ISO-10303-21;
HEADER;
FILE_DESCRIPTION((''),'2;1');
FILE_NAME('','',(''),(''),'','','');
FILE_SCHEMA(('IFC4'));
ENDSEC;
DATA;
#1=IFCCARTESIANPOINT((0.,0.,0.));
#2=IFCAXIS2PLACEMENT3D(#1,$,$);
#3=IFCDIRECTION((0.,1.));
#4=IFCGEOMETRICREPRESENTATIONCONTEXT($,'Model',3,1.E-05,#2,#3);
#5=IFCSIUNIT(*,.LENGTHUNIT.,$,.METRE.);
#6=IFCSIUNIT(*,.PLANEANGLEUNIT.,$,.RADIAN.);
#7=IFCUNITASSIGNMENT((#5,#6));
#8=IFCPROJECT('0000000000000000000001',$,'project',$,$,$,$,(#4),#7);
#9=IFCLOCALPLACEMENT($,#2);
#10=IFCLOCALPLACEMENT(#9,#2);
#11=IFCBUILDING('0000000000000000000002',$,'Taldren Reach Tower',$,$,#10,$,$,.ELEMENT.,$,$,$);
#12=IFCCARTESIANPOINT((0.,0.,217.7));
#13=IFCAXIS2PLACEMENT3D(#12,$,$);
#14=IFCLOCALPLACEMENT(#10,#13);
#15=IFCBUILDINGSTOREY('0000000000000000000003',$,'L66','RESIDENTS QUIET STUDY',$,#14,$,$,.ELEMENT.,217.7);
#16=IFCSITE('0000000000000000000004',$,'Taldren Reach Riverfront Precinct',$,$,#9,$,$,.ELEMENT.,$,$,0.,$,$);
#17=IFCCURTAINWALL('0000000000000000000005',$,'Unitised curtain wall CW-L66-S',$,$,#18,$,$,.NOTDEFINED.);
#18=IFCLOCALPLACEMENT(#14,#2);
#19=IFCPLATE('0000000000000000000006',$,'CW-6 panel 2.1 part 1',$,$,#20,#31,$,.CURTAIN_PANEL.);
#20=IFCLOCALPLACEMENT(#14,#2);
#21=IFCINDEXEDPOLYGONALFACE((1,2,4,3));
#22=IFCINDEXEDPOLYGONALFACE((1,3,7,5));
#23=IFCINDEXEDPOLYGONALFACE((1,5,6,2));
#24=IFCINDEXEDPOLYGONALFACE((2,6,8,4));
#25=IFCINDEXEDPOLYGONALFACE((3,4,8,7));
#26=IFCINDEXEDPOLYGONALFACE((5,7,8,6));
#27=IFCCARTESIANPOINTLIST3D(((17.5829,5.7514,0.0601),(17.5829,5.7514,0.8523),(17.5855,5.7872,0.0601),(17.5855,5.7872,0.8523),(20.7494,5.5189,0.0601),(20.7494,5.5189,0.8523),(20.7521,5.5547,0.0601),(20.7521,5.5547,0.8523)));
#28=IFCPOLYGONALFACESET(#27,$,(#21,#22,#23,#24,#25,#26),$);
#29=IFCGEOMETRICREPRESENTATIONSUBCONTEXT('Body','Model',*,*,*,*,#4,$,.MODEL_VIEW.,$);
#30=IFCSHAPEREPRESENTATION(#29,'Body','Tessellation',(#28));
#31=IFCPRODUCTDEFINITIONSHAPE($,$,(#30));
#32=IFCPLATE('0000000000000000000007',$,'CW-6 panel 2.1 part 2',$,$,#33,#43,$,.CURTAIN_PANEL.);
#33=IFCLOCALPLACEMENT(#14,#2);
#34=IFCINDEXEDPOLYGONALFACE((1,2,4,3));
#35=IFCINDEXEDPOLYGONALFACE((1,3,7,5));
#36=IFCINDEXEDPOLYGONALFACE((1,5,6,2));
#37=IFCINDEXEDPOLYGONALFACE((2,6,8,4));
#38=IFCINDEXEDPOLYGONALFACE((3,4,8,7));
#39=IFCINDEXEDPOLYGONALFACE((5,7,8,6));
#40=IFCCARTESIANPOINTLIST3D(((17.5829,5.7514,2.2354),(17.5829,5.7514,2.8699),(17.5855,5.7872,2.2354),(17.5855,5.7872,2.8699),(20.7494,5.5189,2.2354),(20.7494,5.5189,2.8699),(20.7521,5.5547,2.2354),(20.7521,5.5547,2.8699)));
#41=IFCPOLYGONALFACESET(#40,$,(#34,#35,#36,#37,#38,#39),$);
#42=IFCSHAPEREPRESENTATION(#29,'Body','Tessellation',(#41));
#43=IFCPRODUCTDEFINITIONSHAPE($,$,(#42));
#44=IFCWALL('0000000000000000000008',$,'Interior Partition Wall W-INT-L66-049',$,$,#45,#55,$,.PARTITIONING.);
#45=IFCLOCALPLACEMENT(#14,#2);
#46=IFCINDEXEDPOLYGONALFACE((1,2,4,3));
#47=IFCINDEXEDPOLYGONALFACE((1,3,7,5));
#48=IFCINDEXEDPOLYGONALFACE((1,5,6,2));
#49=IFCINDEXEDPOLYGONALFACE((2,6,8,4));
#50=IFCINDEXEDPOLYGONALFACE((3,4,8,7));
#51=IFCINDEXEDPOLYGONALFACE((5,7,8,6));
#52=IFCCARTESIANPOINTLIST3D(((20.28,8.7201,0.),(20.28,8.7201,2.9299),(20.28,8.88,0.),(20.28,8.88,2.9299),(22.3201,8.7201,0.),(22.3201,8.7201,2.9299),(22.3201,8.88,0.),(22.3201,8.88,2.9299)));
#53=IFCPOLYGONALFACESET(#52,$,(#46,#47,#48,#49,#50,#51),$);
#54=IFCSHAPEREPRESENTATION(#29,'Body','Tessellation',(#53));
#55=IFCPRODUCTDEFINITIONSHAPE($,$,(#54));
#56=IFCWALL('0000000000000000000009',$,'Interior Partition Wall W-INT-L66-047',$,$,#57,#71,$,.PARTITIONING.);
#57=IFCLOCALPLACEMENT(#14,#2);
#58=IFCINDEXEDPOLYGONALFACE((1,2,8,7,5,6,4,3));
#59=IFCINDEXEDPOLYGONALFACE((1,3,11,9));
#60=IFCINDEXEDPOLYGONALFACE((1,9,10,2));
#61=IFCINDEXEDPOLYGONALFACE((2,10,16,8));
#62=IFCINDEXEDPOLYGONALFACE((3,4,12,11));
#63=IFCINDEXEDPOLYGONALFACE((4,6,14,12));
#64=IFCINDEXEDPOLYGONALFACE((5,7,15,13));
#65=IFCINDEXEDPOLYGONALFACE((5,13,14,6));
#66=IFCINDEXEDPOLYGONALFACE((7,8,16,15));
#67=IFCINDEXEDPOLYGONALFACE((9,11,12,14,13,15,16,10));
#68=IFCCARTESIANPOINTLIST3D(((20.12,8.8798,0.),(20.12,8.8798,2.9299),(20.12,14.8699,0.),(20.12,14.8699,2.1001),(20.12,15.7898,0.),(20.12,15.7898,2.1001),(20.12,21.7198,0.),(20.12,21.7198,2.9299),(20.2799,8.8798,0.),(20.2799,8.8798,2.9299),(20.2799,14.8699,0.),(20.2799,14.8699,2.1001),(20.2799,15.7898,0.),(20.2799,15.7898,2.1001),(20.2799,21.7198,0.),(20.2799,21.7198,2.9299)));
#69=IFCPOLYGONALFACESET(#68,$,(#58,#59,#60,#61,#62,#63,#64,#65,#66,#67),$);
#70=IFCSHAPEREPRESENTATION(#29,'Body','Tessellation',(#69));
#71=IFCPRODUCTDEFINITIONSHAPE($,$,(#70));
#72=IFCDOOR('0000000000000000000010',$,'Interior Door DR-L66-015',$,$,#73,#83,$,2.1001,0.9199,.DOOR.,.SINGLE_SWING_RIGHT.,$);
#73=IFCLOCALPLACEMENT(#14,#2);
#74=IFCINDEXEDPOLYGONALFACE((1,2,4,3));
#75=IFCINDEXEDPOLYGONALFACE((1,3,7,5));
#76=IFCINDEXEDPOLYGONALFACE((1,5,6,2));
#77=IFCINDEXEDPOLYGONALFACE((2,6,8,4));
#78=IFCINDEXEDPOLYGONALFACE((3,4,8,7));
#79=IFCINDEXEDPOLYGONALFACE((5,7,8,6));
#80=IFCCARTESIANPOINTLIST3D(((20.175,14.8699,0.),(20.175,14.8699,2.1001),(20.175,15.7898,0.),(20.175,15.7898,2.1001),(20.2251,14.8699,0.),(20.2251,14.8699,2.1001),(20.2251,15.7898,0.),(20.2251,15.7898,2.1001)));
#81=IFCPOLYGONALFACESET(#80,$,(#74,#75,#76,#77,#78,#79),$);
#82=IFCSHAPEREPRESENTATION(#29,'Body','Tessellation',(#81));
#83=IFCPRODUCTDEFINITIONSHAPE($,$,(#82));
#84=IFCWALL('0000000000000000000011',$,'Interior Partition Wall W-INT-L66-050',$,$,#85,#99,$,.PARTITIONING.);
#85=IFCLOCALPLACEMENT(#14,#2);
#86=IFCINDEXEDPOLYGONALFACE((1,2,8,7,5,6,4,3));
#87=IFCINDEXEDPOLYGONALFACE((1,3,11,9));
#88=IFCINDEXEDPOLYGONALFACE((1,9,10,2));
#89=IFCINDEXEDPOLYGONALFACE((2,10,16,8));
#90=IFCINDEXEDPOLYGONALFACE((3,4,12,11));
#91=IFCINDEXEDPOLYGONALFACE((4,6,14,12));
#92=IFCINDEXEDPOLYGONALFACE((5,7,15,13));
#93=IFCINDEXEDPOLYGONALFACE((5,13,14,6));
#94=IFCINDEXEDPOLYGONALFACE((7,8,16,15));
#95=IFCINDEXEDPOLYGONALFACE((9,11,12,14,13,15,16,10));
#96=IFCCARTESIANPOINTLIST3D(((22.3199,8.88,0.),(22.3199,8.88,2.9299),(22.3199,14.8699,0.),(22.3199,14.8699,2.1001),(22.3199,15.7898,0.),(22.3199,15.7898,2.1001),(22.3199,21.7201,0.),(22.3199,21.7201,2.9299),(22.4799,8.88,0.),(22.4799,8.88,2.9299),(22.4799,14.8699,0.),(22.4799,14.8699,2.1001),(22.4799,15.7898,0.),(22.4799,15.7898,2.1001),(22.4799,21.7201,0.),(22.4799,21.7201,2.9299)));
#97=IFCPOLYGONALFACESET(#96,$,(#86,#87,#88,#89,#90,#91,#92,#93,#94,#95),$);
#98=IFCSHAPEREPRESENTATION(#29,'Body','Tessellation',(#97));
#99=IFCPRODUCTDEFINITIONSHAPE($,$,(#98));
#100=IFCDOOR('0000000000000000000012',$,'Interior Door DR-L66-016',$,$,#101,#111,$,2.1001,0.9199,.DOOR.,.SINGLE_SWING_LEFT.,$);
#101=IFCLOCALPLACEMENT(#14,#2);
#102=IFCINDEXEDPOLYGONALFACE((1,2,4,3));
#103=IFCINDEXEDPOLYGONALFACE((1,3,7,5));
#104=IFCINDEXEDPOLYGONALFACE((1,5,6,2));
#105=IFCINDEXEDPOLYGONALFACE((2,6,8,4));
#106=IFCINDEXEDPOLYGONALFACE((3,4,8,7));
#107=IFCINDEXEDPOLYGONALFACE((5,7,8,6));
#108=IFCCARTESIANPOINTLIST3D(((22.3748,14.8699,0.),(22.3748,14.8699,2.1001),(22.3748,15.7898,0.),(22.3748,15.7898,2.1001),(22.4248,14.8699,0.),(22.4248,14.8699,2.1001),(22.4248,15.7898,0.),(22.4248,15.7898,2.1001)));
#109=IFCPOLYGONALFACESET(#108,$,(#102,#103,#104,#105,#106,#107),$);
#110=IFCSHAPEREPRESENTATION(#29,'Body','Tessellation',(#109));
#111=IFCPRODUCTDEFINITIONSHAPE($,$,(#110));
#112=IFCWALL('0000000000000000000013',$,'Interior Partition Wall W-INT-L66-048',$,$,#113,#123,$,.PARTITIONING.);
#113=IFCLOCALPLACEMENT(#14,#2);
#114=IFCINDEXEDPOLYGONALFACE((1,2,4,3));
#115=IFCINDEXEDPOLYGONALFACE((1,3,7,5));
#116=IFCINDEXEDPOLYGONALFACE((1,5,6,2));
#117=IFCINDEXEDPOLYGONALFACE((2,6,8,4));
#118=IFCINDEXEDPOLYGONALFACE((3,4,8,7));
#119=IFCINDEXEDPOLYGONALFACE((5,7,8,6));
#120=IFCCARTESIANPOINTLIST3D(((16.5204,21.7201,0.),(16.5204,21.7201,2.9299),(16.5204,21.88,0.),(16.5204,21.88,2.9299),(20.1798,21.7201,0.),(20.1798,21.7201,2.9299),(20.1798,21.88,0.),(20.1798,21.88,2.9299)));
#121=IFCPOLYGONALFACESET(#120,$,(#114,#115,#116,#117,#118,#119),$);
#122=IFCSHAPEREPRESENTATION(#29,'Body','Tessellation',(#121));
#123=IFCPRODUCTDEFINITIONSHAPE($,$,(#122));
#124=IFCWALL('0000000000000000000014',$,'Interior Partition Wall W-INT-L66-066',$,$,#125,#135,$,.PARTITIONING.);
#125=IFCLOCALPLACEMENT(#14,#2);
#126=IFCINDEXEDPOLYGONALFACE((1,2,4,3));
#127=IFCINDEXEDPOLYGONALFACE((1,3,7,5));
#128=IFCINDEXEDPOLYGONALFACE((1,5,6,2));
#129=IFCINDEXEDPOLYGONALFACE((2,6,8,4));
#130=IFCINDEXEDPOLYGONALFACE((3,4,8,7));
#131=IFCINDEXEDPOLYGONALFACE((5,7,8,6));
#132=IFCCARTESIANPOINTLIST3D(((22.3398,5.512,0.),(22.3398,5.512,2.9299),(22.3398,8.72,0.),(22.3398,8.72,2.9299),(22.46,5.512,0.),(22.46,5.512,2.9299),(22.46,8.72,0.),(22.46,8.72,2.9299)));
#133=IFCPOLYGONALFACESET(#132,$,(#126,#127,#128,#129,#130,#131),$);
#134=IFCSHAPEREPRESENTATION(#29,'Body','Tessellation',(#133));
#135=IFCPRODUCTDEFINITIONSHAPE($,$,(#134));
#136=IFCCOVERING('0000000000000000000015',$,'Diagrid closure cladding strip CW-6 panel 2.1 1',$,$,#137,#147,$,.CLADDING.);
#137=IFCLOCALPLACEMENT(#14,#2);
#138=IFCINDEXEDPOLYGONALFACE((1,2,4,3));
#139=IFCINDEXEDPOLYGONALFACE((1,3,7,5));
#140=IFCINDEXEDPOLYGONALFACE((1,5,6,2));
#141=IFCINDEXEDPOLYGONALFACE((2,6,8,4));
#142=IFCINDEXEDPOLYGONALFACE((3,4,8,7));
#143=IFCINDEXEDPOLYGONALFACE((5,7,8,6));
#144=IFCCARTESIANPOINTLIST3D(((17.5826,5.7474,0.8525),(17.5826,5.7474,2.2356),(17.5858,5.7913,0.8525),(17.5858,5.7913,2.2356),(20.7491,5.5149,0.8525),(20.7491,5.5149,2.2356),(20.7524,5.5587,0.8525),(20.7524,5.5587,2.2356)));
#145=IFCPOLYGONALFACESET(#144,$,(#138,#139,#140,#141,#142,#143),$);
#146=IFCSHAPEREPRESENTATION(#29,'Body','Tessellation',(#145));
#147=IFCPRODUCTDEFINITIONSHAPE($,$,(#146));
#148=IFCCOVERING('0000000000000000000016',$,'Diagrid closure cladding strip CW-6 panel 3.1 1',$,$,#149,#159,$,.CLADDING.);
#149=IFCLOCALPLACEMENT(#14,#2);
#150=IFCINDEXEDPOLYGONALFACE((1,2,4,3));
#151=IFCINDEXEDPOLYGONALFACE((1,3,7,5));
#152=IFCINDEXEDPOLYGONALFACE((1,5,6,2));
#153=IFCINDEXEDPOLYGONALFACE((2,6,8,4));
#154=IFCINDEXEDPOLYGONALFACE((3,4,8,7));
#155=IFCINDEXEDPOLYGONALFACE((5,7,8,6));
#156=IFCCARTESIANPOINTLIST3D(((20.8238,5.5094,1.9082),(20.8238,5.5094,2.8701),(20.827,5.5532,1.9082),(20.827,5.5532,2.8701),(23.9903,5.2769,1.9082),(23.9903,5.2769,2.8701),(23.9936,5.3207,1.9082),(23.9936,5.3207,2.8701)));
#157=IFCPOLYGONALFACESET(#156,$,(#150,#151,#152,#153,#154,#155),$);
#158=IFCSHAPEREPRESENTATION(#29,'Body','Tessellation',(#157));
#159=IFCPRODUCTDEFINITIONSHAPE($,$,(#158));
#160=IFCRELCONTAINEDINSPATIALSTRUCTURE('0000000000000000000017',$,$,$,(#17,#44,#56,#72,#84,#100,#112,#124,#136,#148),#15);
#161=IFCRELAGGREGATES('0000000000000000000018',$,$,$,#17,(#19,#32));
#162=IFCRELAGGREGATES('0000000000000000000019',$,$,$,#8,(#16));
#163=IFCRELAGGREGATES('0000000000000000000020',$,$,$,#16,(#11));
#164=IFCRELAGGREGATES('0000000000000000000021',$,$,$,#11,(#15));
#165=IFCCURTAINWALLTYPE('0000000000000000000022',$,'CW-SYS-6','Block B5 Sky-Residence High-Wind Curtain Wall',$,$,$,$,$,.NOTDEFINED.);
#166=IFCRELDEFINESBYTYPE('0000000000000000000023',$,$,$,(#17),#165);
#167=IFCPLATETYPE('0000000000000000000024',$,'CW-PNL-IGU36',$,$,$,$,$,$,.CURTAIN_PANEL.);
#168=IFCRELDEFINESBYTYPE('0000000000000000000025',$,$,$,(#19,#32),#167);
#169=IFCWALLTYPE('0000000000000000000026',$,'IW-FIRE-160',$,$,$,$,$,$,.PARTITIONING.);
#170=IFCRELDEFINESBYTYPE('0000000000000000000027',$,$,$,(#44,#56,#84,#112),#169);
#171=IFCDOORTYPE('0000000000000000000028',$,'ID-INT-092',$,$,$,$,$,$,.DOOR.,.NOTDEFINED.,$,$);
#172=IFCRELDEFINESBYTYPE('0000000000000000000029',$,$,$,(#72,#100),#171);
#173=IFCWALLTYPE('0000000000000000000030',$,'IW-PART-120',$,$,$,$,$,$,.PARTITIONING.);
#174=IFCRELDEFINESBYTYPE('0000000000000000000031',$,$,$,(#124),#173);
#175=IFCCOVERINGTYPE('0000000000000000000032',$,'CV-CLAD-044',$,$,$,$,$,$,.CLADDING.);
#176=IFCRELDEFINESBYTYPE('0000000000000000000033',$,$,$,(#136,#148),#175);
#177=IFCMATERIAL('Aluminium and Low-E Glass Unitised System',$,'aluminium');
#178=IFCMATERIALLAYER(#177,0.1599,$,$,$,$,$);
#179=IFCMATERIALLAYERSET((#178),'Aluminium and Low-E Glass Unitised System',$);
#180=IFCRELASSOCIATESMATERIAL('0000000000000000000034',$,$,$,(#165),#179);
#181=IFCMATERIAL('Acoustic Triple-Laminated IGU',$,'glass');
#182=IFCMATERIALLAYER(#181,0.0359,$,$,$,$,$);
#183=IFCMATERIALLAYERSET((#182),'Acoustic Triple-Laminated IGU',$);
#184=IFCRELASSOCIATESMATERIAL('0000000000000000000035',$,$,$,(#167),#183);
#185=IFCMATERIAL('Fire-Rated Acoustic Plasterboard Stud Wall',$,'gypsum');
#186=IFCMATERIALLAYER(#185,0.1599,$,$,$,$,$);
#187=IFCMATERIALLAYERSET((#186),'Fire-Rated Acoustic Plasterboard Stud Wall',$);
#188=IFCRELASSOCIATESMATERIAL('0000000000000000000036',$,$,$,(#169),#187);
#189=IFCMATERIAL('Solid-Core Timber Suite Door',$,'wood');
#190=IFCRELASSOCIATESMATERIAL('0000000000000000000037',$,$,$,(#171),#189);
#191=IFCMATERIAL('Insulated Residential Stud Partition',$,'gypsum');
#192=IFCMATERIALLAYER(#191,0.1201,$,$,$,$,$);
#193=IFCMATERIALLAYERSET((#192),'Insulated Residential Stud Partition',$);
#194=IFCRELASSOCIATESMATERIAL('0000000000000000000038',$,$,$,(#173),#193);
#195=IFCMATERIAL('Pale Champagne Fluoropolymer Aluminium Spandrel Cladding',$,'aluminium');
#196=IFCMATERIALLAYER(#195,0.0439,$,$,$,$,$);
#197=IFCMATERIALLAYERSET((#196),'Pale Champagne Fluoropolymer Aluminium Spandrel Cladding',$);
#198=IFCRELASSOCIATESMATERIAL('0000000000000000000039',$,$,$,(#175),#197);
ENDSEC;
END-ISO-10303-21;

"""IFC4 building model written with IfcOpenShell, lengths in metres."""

from ifc_helpers import new_model, si_unit, direction, frame, frame_2d, origin, origin_2d, place, context, subcontext, project, spatial, rectangle, extrude, source, transform, mapped, material, layer, layer_set, type_object, element, fill, aggregate, save


model = new_model("IFC4")

# Units and contexts
model_context = context("Model", 3, precision=1e-05, world=origin(), true_north=direction((0.0, 1.0)))
body_context = subcontext(model_context, "Body", "Model", "MODEL_VIEW")
ifc_project = project(units=[si_unit("LENGTHUNIT", "METRE"), si_unit("PLANEANGLEUNIT", "RADIAN")], contexts=[model_context])

# Site, building, storey
site_placement = place(None, origin())
site = spatial("IfcSite", under=ifc_project, at=site_placement, Name="Taldren Reach Riverfront Precinct", CompositionType="ELEMENT", RefElevation=0.0)
building_placement = place(site_placement, origin())
building = spatial("IfcBuilding", under=site, at=building_placement, Name="Taldren Reach Tower", CompositionType="ELEMENT")
storey_placement = place(building_placement, frame((0.0, 0.0, 217.7)))
storey = spatial("IfcBuildingStorey", under=building, at=storey_placement, Name="L66", Description="RESIDENTS QUIET STUDY", CompositionType="ELEMENT", Elevation=217.7)

# Curtain wall, plates
ifc_material_1 = material(Name="Aluminium and Low-E Glass Unitised System", Category="aluminium")
ifc_layer_1 = layer(ifc_material_1, 0.1599)
ifc_layer_set_1 = layer_set([ifc_layer_1], Name="Aluminium and Low-E Glass Unitised System")
curtain_wall_type = type_object("IfcCurtainWallType", Name="CW-SYS-6", Description="Block B5 Sky-Residence High-Wind Curtain Wall", PredefinedType="NOTDEFINED", material=ifc_layer_set_1)
curtain_wall_placement = place(storey_placement, origin())
curtain_wall = element("IfcCurtainWall", 1, at=curtain_wall_placement, inside=storey, type_object=curtain_wall_type, Name="Unitised curtain wall CW-L66-S", PredefinedType="NOTDEFINED")
ifc_material_2 = material(Name="Acoustic Triple-Laminated IGU", Category="glass")
ifc_layer_2 = layer(ifc_material_2, 0.0359)
ifc_layer_set_2 = layer_set([ifc_layer_2], Name="Acoustic Triple-Laminated IGU")
plate_type = type_object("IfcPlateType", Name="CW-PNL-IGU36", PredefinedType="CURTAIN_PANEL", material=ifc_layer_set_2)
shared_shape_1 = source(origin(), body_context, "Body", "SweptSolid", [
    extrude(rectangle(XDim=3.175, YDim=0.0359, at=origin_2d()), origin(), (0.0, 0.0, 1.0), 0.7922),
])
plate_1_placement = place(storey_placement, frame((19.1675, 5.6531, 0.0601), z_axis=(0.0, 0.0, 1.0), x_axis=(0.997314, -0.073238, 0.0)))
plate_1 = element("IfcPlate", 2, at=plate_1_placement, type_object=plate_type, Name="CW-6 panel 2.1 part 1", PredefinedType="CURTAIN_PANEL", context=body_context, shape_type="MappedRepresentation", body=[
    mapped(shared_shape_1, transform((0.0, 0.0, 0.0), scale=1.0)),
])
shared_shape_2 = source(origin(), body_context, "Body", "SweptSolid", [
    extrude(rectangle(XDim=3.175, YDim=0.0359, at=origin_2d()), origin(), (0.0, 0.0, 1.0), 0.6345),
])
plate_2_placement = place(storey_placement, frame((19.1675, 5.6531, 2.2354), z_axis=(0.0, 0.0, 1.0), x_axis=(0.997314, -0.073238, 0.0)))
plate_2 = element("IfcPlate", 3, at=plate_2_placement, type_object=plate_type, Name="CW-6 panel 2.1 part 2", PredefinedType="CURTAIN_PANEL", context=body_context, shape_type="MappedRepresentation", body=[
    mapped(shared_shape_2, transform((0.0, 0.0, 0.0), scale=1.0)),
])
aggregate(curtain_wall, [plate_1, plate_2])

# Wall
ifc_material_3 = material(Name="Fire-Rated Acoustic Plasterboard Stud Wall", Category="gypsum")
ifc_layer_3 = layer(ifc_material_3, 0.1599)
ifc_layer_set_3 = layer_set([ifc_layer_3], Name="Fire-Rated Acoustic Plasterboard Stud Wall")
wall_type_1 = type_object("IfcWallType", Name="IW-FIRE-160", PredefinedType="PARTITIONING", material=ifc_layer_set_3)
shared_shape_3 = source(origin(), body_context, "Body", "SweptSolid", [
    extrude(rectangle(XDim=2.04, YDim=0.1599, at=frame_2d((1.02, 0.0))), origin(), (0.0, 0.0, 1.0), 2.9299),
])
wall_1_placement = place(storey_placement, frame((22.3201, 8.8, 0.0), z_axis=(0.0, 0.0, 1.0), x_axis=(-1.0, 0.0, 0.0)))
element("IfcWall", 4, at=wall_1_placement, inside=storey, type_object=wall_type_1, Name="Interior Partition Wall W-INT-L66-049", PredefinedType="PARTITIONING", context=body_context, shape_type="MappedRepresentation", body=[
    mapped(shared_shape_3, transform((0.0, 0.0, 0.0), scale=1.0)),
])

# Walls, openings, doors
shared_shape_4 = source(origin(), body_context, "Body", "SweptSolid", [
    extrude(rectangle(XDim=12.8401, YDim=0.1599, at=frame_2d((6.4199, 0.0))), origin(), (0.0, 0.0, 1.0), 2.9299),
])
wall_2_placement = place(storey_placement, frame((20.2, 8.8799, 0.0), z_axis=(0.0, 0.0, 1.0), x_axis=(0.0, 1.0, 0.0)))
wall_2 = element("IfcWall", 5, at=wall_2_placement, inside=storey, type_object=wall_type_1, Name="Interior Partition Wall W-INT-L66-047", PredefinedType="PARTITIONING", context=body_context, shape_type="MappedRepresentation", body=[
    mapped(shared_shape_4, transform((0.0, 0.0, 0.0), scale=1.0)),
])
shared_shape_5 = source(origin(), body_context, "Body", "SweptSolid", [
    extrude(rectangle(XDim=0.9199, YDim=2.1001, at=frame_2d((0.46, 1.05))), frame((0.0, 0.0898, 0.0), z_axis=(0.0, -1.0, 0.0), x_axis=(1.0, 0.0, 0.0)), (0.0, 0.0, 1.0), 0.1799),
])
opening_1_placement = place(wall_2_placement, frame((5.99, 0.0, 0.0)))
opening_1 = element("IfcOpeningElement", 6, at=opening_1_placement, cuts=wall_2, PredefinedType="OPENING", context=body_context, shape_type="MappedRepresentation", body=[
    mapped(shared_shape_5, transform((0.0, 0.0, 0.0), scale=1.0)),
])
ifc_material_4 = material(Name="Solid-Core Timber Suite Door", Category="wood")
door_type = type_object("IfcDoorType", Name="ID-INT-092", OperationType="NOTDEFINED", PredefinedType="DOOR", material=ifc_material_4)
shared_shape_6 = source(origin(), body_context, "Body", "SweptSolid", [
    extrude(rectangle(XDim=0.9199, YDim=2.1001, at=frame_2d((0.46, 1.05))), frame((0.0, 0.0249, 0.0), z_axis=(0.0, -1.0, 0.0), x_axis=(1.0, 0.0, 0.0)), (0.0, 0.0, 1.0), 0.05),
])
door_1_placement = place(opening_1_placement, origin())
door_1 = element("IfcDoor", 7, at=door_1_placement, inside=storey, type_object=door_type, Name="Interior Door DR-L66-015", OperationType="SINGLE_SWING_RIGHT", OverallHeight=2.1001, OverallWidth=0.9199, PredefinedType="DOOR", context=body_context, shape_type="MappedRepresentation", body=[
    mapped(shared_shape_6, transform((0.0, 0.0, 0.0), scale=1.0)),
])
fill(opening_1, door_1)
wall_3_placement = place(storey_placement, frame((22.3999, 21.72, 0.0), z_axis=(0.0, 0.0, 1.0), x_axis=(0.0, -1.0, 0.0)))
wall_3 = element("IfcWall", 8, at=wall_3_placement, inside=storey, type_object=wall_type_1, Name="Interior Partition Wall W-INT-L66-050", PredefinedType="PARTITIONING", context=body_context, shape_type="MappedRepresentation", body=[
    mapped(shared_shape_4, transform((0.0, 0.0, 0.0), scale=1.0)),
])
opening_2_placement = place(wall_3_placement, frame((5.9302, 0.0, 0.0)))
opening_2 = element("IfcOpeningElement", 9, at=opening_2_placement, cuts=wall_3, PredefinedType="OPENING", context=body_context, shape_type="MappedRepresentation", body=[
    mapped(shared_shape_5, transform((0.0, 0.0, 0.0), scale=1.0)),
])
door_2_placement = place(opening_2_placement, origin())
door_2 = element("IfcDoor", 10, at=door_2_placement, inside=storey, type_object=door_type, Name="Interior Door DR-L66-016", OperationType="SINGLE_SWING_LEFT", OverallHeight=2.1001, OverallWidth=0.9199, PredefinedType="DOOR", context=body_context, shape_type="MappedRepresentation", body=[
    mapped(shared_shape_6, transform((0.0, 0.0, 0.0), scale=1.0)),
])
fill(opening_2, door_2)

# Walls
shared_shape_7 = source(origin(), body_context, "Body", "SweptSolid", [
    extrude(rectangle(XDim=3.6594, YDim=0.1599, at=frame_2d((1.8296, 0.0))), origin(), (0.0, 0.0, 1.0), 2.9299),
])
wall_4_placement = place(storey_placement, frame((20.1797, 21.8, 0.0), z_axis=(0.0, 0.0, 1.0), x_axis=(-1.0, 0.0, 0.0)))
element("IfcWall", 11, at=wall_4_placement, inside=storey, type_object=wall_type_1, Name="Interior Partition Wall W-INT-L66-048", PredefinedType="PARTITIONING", context=body_context, shape_type="MappedRepresentation", body=[
    mapped(shared_shape_7, transform((0.0, 0.0, 0.0), scale=1.0)),
])
ifc_material_5 = material(Name="Insulated Residential Stud Partition", Category="gypsum")
ifc_layer_4 = layer(ifc_material_5, 0.1201)
ifc_layer_set_4 = layer_set([ifc_layer_4], Name="Insulated Residential Stud Partition")
wall_type_2 = type_object("IfcWallType", Name="IW-PART-120", PredefinedType="PARTITIONING", material=ifc_layer_set_4)
shared_shape_8 = source(origin(), body_context, "Body", "SweptSolid", [
    extrude(rectangle(XDim=3.208, YDim=0.1201, at=frame_2d((1.604, 0.0))), origin(), (0.0, 0.0, 1.0), 2.9299),
])
wall_5_placement = place(storey_placement, frame((22.3999, 8.72, 0.0), z_axis=(0.0, 0.0, 1.0), x_axis=(0.0, -1.0, 0.0)))
element("IfcWall", 12, at=wall_5_placement, inside=storey, type_object=wall_type_2, Name="Interior Partition Wall W-INT-L66-066", PredefinedType="PARTITIONING", context=body_context, shape_type="MappedRepresentation", body=[
    mapped(shared_shape_8, transform((0.0, 0.0, 0.0), scale=1.0)),
])

# Coverings
ifc_material_6 = material(Name="Pale Champagne Fluoropolymer Aluminium Spandrel Cladding", Category="aluminium")
ifc_layer_5 = layer(ifc_material_6, 0.0439)
ifc_layer_set_5 = layer_set([ifc_layer_5], Name="Pale Champagne Fluoropolymer Aluminium Spandrel Cladding")
covering_type = type_object("IfcCoveringType", Name="CV-CLAD-044", PredefinedType="CLADDING", material=ifc_layer_set_5)
shared_shape_9 = source(origin(), body_context, "Body", "SweptSolid", [
    extrude(rectangle(XDim=3.175, YDim=0.0439, at=origin_2d()), origin(), (0.0, 0.0, 1.0), 1.3831),
])
covering_1_placement = place(storey_placement, frame((19.1675, 5.6531, 0.8525), z_axis=(0.0, 0.0, 1.0), x_axis=(0.997314, -0.073238, 0.0)))
element("IfcCovering", 13, at=covering_1_placement, inside=storey, type_object=covering_type, Name="Diagrid closure cladding strip CW-6 panel 2.1 1", PredefinedType="CLADDING", context=body_context, shape_type="MappedRepresentation", body=[
    mapped(shared_shape_9, transform((0.0, 0.0, 0.0), scale=1.0)),
])
shared_shape_10 = source(origin(), body_context, "Body", "SweptSolid", [
    extrude(rectangle(XDim=3.175, YDim=0.0439, at=origin_2d()), origin(), (0.0, 0.0, 1.0), 0.9619),
])
covering_2_placement = place(storey_placement, frame((22.4087, 5.415, 1.9082), z_axis=(0.0, 0.0, 1.0), x_axis=(0.997314, -0.073238, 0.0)))
element("IfcCovering", 14, at=covering_2_placement, inside=storey, type_object=covering_type, Name="Diagrid closure cladding strip CW-6 panel 3.1 1", PredefinedType="CLADDING", context=body_context, shape_type="MappedRepresentation", body=[
    mapped(shared_shape_10, transform((0.0, 0.0, 0.0), scale=1.0)),
])

save(model, "model.ifc")
